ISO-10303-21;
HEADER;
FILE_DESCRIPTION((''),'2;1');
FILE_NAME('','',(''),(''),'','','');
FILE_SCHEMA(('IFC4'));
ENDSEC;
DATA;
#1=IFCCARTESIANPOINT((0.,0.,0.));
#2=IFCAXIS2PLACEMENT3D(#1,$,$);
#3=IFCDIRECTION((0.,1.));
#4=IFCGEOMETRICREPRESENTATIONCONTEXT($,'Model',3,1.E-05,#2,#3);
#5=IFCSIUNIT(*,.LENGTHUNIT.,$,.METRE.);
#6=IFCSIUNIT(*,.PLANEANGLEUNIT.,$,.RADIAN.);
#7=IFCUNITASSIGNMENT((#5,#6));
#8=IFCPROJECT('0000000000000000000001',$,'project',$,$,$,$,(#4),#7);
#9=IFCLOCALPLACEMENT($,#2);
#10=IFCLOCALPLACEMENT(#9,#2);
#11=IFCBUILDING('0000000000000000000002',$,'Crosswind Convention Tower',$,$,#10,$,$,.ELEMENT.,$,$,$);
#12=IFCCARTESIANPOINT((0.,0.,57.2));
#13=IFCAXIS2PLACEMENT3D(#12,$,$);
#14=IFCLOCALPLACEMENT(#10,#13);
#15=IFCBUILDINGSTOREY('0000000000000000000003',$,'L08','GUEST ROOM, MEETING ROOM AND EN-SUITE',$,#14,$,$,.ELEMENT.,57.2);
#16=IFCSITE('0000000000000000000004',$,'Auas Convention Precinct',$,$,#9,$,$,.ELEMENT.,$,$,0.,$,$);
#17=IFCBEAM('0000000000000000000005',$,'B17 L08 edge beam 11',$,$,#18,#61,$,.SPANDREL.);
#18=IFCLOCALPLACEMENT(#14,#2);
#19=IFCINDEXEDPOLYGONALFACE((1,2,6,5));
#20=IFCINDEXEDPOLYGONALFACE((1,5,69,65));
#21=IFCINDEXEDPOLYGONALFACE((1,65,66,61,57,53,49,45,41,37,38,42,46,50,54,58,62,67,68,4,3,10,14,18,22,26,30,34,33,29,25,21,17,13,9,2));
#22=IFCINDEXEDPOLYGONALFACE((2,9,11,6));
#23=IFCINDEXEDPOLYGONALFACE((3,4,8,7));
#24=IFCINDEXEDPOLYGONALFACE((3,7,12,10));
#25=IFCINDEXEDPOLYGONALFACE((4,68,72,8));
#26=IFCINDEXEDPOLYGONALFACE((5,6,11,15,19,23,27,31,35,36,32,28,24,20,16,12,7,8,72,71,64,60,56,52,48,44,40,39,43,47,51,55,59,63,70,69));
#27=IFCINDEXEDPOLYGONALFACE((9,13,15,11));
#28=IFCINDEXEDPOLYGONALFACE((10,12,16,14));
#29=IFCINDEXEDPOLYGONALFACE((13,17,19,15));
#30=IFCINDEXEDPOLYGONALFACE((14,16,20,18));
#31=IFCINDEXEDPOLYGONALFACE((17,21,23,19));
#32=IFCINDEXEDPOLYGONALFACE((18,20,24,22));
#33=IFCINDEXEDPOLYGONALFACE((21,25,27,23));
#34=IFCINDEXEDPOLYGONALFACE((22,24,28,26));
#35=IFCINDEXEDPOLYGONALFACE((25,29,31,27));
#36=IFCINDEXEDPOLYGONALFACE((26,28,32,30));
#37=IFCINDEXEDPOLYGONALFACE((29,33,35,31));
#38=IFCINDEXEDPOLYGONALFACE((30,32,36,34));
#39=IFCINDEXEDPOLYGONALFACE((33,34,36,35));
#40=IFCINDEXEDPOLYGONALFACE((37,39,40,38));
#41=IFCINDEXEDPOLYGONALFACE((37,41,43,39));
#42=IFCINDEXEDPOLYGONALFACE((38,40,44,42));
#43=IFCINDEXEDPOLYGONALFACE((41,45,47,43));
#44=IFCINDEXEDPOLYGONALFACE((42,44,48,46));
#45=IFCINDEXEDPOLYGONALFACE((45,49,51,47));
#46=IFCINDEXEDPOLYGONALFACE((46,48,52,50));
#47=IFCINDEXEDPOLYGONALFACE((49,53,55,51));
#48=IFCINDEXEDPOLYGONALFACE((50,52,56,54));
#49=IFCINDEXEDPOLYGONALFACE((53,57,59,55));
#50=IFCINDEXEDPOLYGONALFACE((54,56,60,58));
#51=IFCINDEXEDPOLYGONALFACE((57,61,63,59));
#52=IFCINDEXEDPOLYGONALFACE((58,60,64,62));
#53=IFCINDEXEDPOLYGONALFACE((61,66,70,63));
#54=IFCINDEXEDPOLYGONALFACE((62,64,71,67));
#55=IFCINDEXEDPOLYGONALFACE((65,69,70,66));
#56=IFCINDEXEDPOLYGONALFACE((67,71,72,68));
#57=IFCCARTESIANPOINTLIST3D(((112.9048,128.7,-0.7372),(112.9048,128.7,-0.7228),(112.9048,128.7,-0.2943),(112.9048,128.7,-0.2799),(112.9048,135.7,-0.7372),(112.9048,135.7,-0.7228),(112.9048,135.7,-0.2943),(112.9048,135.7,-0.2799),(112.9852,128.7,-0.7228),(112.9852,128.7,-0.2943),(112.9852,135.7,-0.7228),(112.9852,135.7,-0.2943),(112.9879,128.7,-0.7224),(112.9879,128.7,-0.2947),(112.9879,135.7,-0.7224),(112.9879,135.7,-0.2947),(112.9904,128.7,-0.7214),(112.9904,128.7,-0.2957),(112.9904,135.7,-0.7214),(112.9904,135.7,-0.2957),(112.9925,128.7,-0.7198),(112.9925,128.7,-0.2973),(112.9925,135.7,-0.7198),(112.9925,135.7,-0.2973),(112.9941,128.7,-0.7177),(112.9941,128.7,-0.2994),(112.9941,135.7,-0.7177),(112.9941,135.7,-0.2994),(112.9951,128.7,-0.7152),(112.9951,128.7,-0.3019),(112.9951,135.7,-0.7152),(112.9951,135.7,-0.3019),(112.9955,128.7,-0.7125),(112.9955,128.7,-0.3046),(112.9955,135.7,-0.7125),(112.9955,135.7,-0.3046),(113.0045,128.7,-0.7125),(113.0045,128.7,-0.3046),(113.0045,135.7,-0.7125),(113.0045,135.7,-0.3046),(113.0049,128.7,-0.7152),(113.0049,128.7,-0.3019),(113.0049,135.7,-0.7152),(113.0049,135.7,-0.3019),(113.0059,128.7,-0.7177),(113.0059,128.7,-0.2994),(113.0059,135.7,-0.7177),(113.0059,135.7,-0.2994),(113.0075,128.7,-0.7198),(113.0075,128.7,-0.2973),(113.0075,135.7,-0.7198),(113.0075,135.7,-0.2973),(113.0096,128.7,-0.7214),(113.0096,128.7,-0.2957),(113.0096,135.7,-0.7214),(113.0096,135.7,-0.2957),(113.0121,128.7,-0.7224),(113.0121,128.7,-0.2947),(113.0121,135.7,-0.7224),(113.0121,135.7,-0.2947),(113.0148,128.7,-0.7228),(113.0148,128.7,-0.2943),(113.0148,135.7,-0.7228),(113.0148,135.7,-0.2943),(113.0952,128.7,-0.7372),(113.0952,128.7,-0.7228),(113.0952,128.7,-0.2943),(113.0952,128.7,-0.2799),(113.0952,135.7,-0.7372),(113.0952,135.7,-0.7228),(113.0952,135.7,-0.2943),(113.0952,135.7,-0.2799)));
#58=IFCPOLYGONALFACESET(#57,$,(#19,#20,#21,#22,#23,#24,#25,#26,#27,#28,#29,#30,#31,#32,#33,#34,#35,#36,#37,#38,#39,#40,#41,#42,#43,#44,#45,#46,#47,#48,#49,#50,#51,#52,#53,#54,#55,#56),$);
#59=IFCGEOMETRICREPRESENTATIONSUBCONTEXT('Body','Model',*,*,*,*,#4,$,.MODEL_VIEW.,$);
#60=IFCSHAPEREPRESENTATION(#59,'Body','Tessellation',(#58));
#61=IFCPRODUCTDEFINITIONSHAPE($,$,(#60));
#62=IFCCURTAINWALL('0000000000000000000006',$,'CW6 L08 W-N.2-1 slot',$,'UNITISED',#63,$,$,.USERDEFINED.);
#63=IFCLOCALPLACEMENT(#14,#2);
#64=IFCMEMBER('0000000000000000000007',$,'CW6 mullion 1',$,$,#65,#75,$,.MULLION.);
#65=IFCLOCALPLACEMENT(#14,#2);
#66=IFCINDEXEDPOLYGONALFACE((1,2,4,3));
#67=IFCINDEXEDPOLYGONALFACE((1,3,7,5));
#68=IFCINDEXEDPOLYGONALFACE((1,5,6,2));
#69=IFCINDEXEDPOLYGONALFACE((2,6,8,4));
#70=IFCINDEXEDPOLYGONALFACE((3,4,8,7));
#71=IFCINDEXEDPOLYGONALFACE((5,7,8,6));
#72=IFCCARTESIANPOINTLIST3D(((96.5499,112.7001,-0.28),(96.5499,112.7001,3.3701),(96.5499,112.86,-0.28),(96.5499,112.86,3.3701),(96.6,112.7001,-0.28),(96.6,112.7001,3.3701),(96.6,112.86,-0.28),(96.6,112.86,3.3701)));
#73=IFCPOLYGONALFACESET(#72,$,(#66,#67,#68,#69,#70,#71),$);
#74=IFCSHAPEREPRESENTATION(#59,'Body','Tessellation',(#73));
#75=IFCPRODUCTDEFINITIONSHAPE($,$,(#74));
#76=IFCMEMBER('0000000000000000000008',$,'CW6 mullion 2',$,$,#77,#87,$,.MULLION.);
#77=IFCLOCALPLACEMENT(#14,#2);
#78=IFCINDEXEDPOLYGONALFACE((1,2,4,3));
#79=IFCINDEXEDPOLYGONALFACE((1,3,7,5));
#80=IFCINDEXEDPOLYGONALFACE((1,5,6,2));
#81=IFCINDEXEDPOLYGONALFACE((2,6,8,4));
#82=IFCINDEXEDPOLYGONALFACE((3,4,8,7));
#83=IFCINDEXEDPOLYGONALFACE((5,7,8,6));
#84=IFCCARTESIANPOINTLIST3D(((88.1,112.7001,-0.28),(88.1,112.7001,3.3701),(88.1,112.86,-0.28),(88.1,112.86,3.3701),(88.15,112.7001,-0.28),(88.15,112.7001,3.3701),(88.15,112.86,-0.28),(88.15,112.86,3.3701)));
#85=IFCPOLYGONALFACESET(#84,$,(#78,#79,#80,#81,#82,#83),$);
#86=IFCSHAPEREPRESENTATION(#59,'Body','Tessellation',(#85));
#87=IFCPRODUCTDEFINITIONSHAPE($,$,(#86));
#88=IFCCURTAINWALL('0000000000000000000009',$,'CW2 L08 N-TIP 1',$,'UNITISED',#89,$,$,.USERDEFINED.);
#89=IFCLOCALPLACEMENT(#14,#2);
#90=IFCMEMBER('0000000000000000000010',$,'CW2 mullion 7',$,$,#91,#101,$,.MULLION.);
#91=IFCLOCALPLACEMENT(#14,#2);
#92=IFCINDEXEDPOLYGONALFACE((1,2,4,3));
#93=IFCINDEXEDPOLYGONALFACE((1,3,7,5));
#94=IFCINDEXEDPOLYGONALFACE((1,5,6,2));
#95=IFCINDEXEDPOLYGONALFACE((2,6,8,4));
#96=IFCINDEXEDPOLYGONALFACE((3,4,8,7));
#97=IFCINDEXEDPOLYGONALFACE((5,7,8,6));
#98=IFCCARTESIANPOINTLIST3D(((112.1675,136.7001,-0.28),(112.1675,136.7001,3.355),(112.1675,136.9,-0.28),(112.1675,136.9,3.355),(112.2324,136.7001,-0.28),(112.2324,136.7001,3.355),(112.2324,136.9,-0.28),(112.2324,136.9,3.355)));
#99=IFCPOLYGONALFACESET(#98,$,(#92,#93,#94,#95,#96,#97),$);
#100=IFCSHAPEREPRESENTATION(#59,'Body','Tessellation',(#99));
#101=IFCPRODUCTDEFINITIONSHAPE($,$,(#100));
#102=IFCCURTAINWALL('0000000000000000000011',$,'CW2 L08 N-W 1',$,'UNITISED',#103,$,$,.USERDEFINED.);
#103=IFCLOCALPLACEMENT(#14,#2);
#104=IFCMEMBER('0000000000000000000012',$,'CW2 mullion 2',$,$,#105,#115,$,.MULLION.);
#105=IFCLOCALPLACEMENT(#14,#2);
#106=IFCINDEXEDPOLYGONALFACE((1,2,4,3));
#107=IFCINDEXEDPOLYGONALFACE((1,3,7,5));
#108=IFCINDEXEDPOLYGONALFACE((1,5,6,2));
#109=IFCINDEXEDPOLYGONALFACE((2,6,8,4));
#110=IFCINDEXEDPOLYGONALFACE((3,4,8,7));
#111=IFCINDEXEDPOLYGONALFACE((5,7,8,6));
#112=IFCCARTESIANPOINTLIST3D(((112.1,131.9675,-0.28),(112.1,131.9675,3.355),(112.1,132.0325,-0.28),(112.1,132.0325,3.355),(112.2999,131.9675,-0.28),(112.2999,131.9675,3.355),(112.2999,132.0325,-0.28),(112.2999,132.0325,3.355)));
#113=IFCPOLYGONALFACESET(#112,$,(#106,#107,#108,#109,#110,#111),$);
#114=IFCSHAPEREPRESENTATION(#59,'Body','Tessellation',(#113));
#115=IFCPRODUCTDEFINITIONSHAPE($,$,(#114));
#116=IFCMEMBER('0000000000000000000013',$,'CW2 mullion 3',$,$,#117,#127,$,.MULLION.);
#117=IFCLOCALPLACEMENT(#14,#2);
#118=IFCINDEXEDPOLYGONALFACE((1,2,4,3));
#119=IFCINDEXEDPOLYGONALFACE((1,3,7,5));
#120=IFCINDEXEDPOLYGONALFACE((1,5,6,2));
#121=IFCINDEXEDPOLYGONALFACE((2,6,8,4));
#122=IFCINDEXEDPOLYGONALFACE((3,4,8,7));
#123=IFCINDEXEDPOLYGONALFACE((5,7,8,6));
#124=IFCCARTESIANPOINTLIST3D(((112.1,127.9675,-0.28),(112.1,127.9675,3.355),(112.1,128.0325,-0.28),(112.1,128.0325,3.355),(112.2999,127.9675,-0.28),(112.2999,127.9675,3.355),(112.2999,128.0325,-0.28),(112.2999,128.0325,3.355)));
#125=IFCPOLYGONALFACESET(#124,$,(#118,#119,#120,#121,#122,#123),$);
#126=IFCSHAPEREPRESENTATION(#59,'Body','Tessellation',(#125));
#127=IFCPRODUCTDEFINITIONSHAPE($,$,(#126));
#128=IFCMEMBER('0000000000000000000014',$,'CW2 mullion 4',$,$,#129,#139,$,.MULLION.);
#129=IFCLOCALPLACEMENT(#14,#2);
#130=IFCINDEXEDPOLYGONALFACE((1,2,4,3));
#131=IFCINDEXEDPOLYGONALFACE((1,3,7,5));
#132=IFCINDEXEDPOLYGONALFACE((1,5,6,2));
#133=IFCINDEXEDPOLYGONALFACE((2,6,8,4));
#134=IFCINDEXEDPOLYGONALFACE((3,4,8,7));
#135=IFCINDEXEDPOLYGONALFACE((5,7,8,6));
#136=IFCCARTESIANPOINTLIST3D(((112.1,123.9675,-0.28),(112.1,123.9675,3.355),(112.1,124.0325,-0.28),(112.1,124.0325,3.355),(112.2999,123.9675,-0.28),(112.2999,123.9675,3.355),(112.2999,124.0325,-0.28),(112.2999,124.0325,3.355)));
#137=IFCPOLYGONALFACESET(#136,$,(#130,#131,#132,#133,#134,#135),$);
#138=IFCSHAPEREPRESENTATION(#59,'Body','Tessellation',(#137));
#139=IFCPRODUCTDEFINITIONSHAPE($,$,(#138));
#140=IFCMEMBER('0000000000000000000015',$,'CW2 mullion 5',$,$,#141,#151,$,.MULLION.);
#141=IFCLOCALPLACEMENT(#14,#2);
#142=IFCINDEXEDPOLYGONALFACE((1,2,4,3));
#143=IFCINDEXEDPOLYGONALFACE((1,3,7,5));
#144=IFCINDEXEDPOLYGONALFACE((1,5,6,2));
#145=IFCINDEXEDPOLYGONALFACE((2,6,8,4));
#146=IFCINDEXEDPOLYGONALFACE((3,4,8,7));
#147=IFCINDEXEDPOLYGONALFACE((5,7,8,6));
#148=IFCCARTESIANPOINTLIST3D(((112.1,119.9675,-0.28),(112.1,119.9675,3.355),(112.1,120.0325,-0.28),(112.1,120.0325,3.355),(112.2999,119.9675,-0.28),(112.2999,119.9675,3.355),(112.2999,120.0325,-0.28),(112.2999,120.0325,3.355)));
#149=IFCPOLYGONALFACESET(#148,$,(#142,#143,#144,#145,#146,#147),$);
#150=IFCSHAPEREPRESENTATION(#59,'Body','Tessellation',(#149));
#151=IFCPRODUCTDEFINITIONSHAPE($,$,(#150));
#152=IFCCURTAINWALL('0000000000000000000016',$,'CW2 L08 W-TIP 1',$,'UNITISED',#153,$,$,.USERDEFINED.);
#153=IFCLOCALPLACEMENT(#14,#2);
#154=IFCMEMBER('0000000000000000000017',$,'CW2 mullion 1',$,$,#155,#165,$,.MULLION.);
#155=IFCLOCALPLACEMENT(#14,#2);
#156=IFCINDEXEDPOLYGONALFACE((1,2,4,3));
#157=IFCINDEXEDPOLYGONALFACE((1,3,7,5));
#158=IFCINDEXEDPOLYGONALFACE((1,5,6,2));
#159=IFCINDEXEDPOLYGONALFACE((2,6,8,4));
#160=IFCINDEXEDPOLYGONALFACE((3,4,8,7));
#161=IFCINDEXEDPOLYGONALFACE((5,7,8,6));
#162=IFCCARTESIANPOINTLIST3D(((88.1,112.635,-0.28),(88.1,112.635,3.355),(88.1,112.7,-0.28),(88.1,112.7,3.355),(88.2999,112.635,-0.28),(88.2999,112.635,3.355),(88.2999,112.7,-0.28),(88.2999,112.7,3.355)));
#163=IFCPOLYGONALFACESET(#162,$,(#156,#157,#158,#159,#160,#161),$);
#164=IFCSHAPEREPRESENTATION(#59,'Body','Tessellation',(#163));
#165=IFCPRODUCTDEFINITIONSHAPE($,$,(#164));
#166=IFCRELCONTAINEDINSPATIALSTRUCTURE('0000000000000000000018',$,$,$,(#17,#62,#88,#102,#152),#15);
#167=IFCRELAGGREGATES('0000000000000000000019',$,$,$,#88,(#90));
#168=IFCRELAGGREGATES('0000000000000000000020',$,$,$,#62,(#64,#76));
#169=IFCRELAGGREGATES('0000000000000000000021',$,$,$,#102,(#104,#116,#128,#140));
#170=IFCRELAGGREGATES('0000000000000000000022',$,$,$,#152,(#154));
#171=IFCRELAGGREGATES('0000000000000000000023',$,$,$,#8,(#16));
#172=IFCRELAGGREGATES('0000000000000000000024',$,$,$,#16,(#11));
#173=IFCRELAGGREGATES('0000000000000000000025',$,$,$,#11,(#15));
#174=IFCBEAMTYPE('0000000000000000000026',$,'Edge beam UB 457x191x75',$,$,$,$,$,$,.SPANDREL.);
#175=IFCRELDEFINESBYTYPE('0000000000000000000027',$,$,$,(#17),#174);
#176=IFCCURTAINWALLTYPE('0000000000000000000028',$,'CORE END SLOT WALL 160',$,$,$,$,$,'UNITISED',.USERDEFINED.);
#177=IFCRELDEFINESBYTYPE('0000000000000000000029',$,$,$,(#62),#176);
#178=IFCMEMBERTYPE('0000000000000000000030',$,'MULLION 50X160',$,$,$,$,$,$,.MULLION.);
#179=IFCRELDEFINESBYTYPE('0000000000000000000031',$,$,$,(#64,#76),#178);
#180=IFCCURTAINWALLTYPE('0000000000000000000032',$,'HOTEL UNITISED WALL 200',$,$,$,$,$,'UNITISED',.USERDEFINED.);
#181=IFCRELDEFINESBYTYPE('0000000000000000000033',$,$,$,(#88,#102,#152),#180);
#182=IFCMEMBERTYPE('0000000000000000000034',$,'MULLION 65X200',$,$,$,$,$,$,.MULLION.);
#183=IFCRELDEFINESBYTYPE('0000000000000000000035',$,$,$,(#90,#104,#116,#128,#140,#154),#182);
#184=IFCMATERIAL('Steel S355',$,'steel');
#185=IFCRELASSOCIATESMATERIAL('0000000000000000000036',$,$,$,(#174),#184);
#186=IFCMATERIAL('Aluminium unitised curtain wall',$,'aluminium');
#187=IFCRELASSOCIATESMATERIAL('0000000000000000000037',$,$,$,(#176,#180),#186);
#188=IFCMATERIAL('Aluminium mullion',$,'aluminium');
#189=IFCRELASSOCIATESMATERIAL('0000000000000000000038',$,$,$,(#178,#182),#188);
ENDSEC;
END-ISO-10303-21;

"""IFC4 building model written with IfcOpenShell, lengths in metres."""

from ifc_helpers import new_model, si_unit, direction, frame, origin, origin_2d, place, context, subcontext, project, spatial, rectangle, i_section, extrude, material, material_profile, profile_set, type_object, element, aggregate, save


model = new_model("IFC4")

# Units and contexts
model_context = context("Model", 3, precision=1e-05, world=origin(), true_north=direction((0.0, 1.0)))
body_context = subcontext(model_context, "Body", "Model", "MODEL_VIEW")
ifc_project = project(units=[si_unit("LENGTHUNIT", "METRE"), si_unit("PLANEANGLEUNIT", "RADIAN")], contexts=[model_context])

# Site, building, storey
site_placement = place(None, origin())
site = spatial("IfcSite", under=ifc_project, at=site_placement, Name="Auas Convention Precinct", CompositionType="ELEMENT", RefElevation=0.0)
building_placement = place(site_placement, origin())
building = spatial("IfcBuilding", under=site, at=building_placement, Name="Crosswind Convention Tower", CompositionType="ELEMENT")
storey_placement = place(building_placement, frame((0.0, 0.0, 57.2)))
storey = spatial("IfcBuildingStorey", under=building, at=storey_placement, Name="L08", Description="GUEST ROOM, MEETING ROOM AND EN-SUITE", CompositionType="ELEMENT", Elevation=57.2)

# Beam
ifc_material_1 = material(Name="Steel S355", Category="steel")
ifc_material_profile_1 = material_profile(ifc_material_1, i_section(OverallWidth=0.1904, OverallDepth=0.4573, WebThickness=0.009, FlangeThickness=0.0144, FilletRadius=0.0103, at=origin_2d()), Name="UB 457x191x75")
ifc_profile_set_1 = profile_set([ifc_material_profile_1], Name="Steel S355")
beam_type_1 = type_object("IfcBeamType", Name="Edge beam UB 457x191x75", PredefinedType="SPANDREL", material=ifc_profile_set_1)
beam_1_placement = place(storey_placement, frame((113.0, 128.7, -0.5085), z_axis=(0.0, 1.0, 0.0), x_axis=(-1.0, 0.0, 0.0)))
element("IfcBeam", 1, at=beam_1_placement, inside=storey, type_object=beam_type_1, Name="B17 L08 edge beam 11", PredefinedType="SPANDREL", context=body_context, shape_type="SweptSolid", body=[
    extrude(i_section(OverallWidth=0.1904, OverallDepth=0.4573, WebThickness=0.009, FlangeThickness=0.0144, FilletRadius=0.0103, at=origin_2d()), origin(), (0.0, 0.0, 1.0), 7.0),
])

# Curtain wall, members
ifc_material_2 = material(Name="Aluminium unitised curtain wall", Category="aluminium")
curtain_wall_type_1 = type_object("IfcCurtainWallType", Name="CORE END SLOT WALL 160", ElementType="UNITISED", PredefinedType="USERDEFINED", material=ifc_material_2)
curtain_wall_1_placement = place(storey_placement, origin())
curtain_wall_1 = element("IfcCurtainWall", 2, at=curtain_wall_1_placement, inside=storey, type_object=curtain_wall_type_1, Name="CW6 L08 W-N.2-1 slot", ObjectType="UNITISED", PredefinedType="USERDEFINED")
ifc_material_3 = material(Name="Aluminium mullion", Category="aluminium")
ifc_material_profile_2 = material_profile(ifc_material_3, rectangle(XDim=0.1599, YDim=0.05, at=origin_2d()), Name="AL 160X50")
ifc_profile_set_2 = profile_set([ifc_material_profile_2], Name="Aluminium mullion")
member_type_1 = type_object("IfcMemberType", Name="MULLION 50X160", PredefinedType="MULLION", material=ifc_profile_set_2)
member_1_placement = place(storey_placement, frame((96.575, 112.78, -0.28), z_axis=(0.0, 0.0, 1.0), x_axis=(0.0, 1.0, 0.0)))
member_1 = element("IfcMember", 3, at=member_1_placement, type_object=member_type_1, Name="CW6 mullion 1", PredefinedType="MULLION", context=body_context, shape_type="SweptSolid", body=[
    extrude(rectangle(XDim=0.1599, YDim=0.05, at=origin_2d()), origin(), (0.0, 0.0, 1.0), 3.6501),
])
member_2_placement = place(storey_placement, frame((88.125, 112.78, -0.28), z_axis=(0.0, 0.0, 1.0), x_axis=(0.0, 1.0, 0.0)))
member_2 = element("IfcMember", 4, at=member_2_placement, type_object=member_type_1, Name="CW6 mullion 2", PredefinedType="MULLION", context=body_context, shape_type="SweptSolid", body=[
    extrude(rectangle(XDim=0.1599, YDim=0.05, at=origin_2d()), origin(), (0.0, 0.0, 1.0), 3.6501),
])

# Curtain wall, member
curtain_wall_type_2 = type_object("IfcCurtainWallType", Name="HOTEL UNITISED WALL 200", ElementType="UNITISED", PredefinedType="USERDEFINED", material=ifc_material_2)
curtain_wall_2_placement = place(storey_placement, origin())
curtain_wall_2 = element("IfcCurtainWall", 5, at=curtain_wall_2_placement, inside=storey, type_object=curtain_wall_type_2, Name="CW2 L08 N-TIP 1", ObjectType="UNITISED", PredefinedType="USERDEFINED")
ifc_material_profile_3 = material_profile(ifc_material_3, rectangle(XDim=0.2, YDim=0.0649, at=origin_2d()), Name="AL 200X65")
ifc_profile_set_3 = profile_set([ifc_material_profile_3], Name="Aluminium mullion")
member_type_2 = type_object("IfcMemberType", Name="MULLION 65X200", PredefinedType="MULLION", material=ifc_profile_set_3)
member_3_placement = place(storey_placement, frame((112.2, 136.8, -0.28), z_axis=(0.0, 0.0, 1.0), x_axis=(0.0, 1.0, 0.0)))
member_3 = element("IfcMember", 6, at=member_3_placement, type_object=member_type_2, Name="CW2 mullion 7", PredefinedType="MULLION", context=body_context, shape_type="SweptSolid", body=[
    extrude(rectangle(XDim=0.2, YDim=0.0649, at=origin_2d()), origin(), (0.0, 0.0, 1.0), 3.635),
])
aggregate(curtain_wall_2, [member_3])

# Curtain wall, members
curtain_wall_3_placement = place(storey_placement, origin())
curtain_wall_3 = element("IfcCurtainWall", 7, at=curtain_wall_3_placement, inside=storey, type_object=curtain_wall_type_2, Name="CW2 L08 N-W 1", ObjectType="UNITISED", PredefinedType="USERDEFINED")
member_4_placement = place(storey_placement, frame((112.2, 132.0, -0.28), z_axis=(0.0, 0.0, 1.0), x_axis=(-1.0, 0.0, 0.0)))
member_4 = element("IfcMember", 8, at=member_4_placement, type_object=member_type_2, Name="CW2 mullion 2", PredefinedType="MULLION", context=body_context, shape_type="SweptSolid", body=[
    extrude(rectangle(XDim=0.2, YDim=0.0649, at=origin_2d()), origin(), (0.0, 0.0, 1.0), 3.635),
])
member_5_placement = place(storey_placement, frame((112.2, 128.0, -0.28), z_axis=(0.0, 0.0, 1.0), x_axis=(-1.0, 0.0, 0.0)))
member_5 = element("IfcMember", 9, at=member_5_placement, type_object=member_type_2, Name="CW2 mullion 3", PredefinedType="MULLION", context=body_context, shape_type="SweptSolid", body=[
    extrude(rectangle(XDim=0.2, YDim=0.0649, at=origin_2d()), origin(), (0.0, 0.0, 1.0), 3.635),
])
member_6_placement = place(storey_placement, frame((112.2, 124.0, -0.28), z_axis=(0.0, 0.0, 1.0), x_axis=(-1.0, 0.0, 0.0)))
member_6 = element("IfcMember", 10, at=member_6_placement, type_object=member_type_2, Name="CW2 mullion 4", PredefinedType="MULLION", context=body_context, shape_type="SweptSolid", body=[
    extrude(rectangle(XDim=0.2, YDim=0.0649, at=origin_2d()), origin(), (0.0, 0.0, 1.0), 3.635),
])
member_7_placement = place(storey_placement, frame((112.2, 120.0, -0.28), z_axis=(0.0, 0.0, 1.0), x_axis=(-1.0, 0.0, 0.0)))
member_7 = element("IfcMember", 11, at=member_7_placement, type_object=member_type_2, Name="CW2 mullion 5", PredefinedType="MULLION", context=body_context, shape_type="SweptSolid", body=[
    extrude(rectangle(XDim=0.2, YDim=0.0649, at=origin_2d()), origin(), (0.0, 0.0, 1.0), 3.635),
])

# Curtain wall, member
curtain_wall_4_placement = place(storey_placement, origin())
curtain_wall_4 = element("IfcCurtainWall", 12, at=curtain_wall_4_placement, inside=storey, type_object=curtain_wall_type_2, Name="CW2 L08 W-TIP 1", ObjectType="UNITISED", PredefinedType="USERDEFINED")
member_8_placement = place(storey_placement, frame((88.2, 112.6675, -0.28), z_axis=(0.0, 0.0, 1.0), x_axis=(-1.0, 0.0, 0.0)))
member_8 = element("IfcMember", 13, at=member_8_placement, type_object=member_type_2, Name="CW2 mullion 1", PredefinedType="MULLION", context=body_context, shape_type="SweptSolid", body=[
    extrude(rectangle(XDim=0.2, YDim=0.0649, at=origin_2d()), origin(), (0.0, 0.0, 1.0), 3.635),
])

aggregate(curtain_wall_1, [member_1, member_2])

aggregate(curtain_wall_3, [member_4, member_5, member_6, member_7])
aggregate(curtain_wall_4, [member_8])

save(model, "model.ifc")
